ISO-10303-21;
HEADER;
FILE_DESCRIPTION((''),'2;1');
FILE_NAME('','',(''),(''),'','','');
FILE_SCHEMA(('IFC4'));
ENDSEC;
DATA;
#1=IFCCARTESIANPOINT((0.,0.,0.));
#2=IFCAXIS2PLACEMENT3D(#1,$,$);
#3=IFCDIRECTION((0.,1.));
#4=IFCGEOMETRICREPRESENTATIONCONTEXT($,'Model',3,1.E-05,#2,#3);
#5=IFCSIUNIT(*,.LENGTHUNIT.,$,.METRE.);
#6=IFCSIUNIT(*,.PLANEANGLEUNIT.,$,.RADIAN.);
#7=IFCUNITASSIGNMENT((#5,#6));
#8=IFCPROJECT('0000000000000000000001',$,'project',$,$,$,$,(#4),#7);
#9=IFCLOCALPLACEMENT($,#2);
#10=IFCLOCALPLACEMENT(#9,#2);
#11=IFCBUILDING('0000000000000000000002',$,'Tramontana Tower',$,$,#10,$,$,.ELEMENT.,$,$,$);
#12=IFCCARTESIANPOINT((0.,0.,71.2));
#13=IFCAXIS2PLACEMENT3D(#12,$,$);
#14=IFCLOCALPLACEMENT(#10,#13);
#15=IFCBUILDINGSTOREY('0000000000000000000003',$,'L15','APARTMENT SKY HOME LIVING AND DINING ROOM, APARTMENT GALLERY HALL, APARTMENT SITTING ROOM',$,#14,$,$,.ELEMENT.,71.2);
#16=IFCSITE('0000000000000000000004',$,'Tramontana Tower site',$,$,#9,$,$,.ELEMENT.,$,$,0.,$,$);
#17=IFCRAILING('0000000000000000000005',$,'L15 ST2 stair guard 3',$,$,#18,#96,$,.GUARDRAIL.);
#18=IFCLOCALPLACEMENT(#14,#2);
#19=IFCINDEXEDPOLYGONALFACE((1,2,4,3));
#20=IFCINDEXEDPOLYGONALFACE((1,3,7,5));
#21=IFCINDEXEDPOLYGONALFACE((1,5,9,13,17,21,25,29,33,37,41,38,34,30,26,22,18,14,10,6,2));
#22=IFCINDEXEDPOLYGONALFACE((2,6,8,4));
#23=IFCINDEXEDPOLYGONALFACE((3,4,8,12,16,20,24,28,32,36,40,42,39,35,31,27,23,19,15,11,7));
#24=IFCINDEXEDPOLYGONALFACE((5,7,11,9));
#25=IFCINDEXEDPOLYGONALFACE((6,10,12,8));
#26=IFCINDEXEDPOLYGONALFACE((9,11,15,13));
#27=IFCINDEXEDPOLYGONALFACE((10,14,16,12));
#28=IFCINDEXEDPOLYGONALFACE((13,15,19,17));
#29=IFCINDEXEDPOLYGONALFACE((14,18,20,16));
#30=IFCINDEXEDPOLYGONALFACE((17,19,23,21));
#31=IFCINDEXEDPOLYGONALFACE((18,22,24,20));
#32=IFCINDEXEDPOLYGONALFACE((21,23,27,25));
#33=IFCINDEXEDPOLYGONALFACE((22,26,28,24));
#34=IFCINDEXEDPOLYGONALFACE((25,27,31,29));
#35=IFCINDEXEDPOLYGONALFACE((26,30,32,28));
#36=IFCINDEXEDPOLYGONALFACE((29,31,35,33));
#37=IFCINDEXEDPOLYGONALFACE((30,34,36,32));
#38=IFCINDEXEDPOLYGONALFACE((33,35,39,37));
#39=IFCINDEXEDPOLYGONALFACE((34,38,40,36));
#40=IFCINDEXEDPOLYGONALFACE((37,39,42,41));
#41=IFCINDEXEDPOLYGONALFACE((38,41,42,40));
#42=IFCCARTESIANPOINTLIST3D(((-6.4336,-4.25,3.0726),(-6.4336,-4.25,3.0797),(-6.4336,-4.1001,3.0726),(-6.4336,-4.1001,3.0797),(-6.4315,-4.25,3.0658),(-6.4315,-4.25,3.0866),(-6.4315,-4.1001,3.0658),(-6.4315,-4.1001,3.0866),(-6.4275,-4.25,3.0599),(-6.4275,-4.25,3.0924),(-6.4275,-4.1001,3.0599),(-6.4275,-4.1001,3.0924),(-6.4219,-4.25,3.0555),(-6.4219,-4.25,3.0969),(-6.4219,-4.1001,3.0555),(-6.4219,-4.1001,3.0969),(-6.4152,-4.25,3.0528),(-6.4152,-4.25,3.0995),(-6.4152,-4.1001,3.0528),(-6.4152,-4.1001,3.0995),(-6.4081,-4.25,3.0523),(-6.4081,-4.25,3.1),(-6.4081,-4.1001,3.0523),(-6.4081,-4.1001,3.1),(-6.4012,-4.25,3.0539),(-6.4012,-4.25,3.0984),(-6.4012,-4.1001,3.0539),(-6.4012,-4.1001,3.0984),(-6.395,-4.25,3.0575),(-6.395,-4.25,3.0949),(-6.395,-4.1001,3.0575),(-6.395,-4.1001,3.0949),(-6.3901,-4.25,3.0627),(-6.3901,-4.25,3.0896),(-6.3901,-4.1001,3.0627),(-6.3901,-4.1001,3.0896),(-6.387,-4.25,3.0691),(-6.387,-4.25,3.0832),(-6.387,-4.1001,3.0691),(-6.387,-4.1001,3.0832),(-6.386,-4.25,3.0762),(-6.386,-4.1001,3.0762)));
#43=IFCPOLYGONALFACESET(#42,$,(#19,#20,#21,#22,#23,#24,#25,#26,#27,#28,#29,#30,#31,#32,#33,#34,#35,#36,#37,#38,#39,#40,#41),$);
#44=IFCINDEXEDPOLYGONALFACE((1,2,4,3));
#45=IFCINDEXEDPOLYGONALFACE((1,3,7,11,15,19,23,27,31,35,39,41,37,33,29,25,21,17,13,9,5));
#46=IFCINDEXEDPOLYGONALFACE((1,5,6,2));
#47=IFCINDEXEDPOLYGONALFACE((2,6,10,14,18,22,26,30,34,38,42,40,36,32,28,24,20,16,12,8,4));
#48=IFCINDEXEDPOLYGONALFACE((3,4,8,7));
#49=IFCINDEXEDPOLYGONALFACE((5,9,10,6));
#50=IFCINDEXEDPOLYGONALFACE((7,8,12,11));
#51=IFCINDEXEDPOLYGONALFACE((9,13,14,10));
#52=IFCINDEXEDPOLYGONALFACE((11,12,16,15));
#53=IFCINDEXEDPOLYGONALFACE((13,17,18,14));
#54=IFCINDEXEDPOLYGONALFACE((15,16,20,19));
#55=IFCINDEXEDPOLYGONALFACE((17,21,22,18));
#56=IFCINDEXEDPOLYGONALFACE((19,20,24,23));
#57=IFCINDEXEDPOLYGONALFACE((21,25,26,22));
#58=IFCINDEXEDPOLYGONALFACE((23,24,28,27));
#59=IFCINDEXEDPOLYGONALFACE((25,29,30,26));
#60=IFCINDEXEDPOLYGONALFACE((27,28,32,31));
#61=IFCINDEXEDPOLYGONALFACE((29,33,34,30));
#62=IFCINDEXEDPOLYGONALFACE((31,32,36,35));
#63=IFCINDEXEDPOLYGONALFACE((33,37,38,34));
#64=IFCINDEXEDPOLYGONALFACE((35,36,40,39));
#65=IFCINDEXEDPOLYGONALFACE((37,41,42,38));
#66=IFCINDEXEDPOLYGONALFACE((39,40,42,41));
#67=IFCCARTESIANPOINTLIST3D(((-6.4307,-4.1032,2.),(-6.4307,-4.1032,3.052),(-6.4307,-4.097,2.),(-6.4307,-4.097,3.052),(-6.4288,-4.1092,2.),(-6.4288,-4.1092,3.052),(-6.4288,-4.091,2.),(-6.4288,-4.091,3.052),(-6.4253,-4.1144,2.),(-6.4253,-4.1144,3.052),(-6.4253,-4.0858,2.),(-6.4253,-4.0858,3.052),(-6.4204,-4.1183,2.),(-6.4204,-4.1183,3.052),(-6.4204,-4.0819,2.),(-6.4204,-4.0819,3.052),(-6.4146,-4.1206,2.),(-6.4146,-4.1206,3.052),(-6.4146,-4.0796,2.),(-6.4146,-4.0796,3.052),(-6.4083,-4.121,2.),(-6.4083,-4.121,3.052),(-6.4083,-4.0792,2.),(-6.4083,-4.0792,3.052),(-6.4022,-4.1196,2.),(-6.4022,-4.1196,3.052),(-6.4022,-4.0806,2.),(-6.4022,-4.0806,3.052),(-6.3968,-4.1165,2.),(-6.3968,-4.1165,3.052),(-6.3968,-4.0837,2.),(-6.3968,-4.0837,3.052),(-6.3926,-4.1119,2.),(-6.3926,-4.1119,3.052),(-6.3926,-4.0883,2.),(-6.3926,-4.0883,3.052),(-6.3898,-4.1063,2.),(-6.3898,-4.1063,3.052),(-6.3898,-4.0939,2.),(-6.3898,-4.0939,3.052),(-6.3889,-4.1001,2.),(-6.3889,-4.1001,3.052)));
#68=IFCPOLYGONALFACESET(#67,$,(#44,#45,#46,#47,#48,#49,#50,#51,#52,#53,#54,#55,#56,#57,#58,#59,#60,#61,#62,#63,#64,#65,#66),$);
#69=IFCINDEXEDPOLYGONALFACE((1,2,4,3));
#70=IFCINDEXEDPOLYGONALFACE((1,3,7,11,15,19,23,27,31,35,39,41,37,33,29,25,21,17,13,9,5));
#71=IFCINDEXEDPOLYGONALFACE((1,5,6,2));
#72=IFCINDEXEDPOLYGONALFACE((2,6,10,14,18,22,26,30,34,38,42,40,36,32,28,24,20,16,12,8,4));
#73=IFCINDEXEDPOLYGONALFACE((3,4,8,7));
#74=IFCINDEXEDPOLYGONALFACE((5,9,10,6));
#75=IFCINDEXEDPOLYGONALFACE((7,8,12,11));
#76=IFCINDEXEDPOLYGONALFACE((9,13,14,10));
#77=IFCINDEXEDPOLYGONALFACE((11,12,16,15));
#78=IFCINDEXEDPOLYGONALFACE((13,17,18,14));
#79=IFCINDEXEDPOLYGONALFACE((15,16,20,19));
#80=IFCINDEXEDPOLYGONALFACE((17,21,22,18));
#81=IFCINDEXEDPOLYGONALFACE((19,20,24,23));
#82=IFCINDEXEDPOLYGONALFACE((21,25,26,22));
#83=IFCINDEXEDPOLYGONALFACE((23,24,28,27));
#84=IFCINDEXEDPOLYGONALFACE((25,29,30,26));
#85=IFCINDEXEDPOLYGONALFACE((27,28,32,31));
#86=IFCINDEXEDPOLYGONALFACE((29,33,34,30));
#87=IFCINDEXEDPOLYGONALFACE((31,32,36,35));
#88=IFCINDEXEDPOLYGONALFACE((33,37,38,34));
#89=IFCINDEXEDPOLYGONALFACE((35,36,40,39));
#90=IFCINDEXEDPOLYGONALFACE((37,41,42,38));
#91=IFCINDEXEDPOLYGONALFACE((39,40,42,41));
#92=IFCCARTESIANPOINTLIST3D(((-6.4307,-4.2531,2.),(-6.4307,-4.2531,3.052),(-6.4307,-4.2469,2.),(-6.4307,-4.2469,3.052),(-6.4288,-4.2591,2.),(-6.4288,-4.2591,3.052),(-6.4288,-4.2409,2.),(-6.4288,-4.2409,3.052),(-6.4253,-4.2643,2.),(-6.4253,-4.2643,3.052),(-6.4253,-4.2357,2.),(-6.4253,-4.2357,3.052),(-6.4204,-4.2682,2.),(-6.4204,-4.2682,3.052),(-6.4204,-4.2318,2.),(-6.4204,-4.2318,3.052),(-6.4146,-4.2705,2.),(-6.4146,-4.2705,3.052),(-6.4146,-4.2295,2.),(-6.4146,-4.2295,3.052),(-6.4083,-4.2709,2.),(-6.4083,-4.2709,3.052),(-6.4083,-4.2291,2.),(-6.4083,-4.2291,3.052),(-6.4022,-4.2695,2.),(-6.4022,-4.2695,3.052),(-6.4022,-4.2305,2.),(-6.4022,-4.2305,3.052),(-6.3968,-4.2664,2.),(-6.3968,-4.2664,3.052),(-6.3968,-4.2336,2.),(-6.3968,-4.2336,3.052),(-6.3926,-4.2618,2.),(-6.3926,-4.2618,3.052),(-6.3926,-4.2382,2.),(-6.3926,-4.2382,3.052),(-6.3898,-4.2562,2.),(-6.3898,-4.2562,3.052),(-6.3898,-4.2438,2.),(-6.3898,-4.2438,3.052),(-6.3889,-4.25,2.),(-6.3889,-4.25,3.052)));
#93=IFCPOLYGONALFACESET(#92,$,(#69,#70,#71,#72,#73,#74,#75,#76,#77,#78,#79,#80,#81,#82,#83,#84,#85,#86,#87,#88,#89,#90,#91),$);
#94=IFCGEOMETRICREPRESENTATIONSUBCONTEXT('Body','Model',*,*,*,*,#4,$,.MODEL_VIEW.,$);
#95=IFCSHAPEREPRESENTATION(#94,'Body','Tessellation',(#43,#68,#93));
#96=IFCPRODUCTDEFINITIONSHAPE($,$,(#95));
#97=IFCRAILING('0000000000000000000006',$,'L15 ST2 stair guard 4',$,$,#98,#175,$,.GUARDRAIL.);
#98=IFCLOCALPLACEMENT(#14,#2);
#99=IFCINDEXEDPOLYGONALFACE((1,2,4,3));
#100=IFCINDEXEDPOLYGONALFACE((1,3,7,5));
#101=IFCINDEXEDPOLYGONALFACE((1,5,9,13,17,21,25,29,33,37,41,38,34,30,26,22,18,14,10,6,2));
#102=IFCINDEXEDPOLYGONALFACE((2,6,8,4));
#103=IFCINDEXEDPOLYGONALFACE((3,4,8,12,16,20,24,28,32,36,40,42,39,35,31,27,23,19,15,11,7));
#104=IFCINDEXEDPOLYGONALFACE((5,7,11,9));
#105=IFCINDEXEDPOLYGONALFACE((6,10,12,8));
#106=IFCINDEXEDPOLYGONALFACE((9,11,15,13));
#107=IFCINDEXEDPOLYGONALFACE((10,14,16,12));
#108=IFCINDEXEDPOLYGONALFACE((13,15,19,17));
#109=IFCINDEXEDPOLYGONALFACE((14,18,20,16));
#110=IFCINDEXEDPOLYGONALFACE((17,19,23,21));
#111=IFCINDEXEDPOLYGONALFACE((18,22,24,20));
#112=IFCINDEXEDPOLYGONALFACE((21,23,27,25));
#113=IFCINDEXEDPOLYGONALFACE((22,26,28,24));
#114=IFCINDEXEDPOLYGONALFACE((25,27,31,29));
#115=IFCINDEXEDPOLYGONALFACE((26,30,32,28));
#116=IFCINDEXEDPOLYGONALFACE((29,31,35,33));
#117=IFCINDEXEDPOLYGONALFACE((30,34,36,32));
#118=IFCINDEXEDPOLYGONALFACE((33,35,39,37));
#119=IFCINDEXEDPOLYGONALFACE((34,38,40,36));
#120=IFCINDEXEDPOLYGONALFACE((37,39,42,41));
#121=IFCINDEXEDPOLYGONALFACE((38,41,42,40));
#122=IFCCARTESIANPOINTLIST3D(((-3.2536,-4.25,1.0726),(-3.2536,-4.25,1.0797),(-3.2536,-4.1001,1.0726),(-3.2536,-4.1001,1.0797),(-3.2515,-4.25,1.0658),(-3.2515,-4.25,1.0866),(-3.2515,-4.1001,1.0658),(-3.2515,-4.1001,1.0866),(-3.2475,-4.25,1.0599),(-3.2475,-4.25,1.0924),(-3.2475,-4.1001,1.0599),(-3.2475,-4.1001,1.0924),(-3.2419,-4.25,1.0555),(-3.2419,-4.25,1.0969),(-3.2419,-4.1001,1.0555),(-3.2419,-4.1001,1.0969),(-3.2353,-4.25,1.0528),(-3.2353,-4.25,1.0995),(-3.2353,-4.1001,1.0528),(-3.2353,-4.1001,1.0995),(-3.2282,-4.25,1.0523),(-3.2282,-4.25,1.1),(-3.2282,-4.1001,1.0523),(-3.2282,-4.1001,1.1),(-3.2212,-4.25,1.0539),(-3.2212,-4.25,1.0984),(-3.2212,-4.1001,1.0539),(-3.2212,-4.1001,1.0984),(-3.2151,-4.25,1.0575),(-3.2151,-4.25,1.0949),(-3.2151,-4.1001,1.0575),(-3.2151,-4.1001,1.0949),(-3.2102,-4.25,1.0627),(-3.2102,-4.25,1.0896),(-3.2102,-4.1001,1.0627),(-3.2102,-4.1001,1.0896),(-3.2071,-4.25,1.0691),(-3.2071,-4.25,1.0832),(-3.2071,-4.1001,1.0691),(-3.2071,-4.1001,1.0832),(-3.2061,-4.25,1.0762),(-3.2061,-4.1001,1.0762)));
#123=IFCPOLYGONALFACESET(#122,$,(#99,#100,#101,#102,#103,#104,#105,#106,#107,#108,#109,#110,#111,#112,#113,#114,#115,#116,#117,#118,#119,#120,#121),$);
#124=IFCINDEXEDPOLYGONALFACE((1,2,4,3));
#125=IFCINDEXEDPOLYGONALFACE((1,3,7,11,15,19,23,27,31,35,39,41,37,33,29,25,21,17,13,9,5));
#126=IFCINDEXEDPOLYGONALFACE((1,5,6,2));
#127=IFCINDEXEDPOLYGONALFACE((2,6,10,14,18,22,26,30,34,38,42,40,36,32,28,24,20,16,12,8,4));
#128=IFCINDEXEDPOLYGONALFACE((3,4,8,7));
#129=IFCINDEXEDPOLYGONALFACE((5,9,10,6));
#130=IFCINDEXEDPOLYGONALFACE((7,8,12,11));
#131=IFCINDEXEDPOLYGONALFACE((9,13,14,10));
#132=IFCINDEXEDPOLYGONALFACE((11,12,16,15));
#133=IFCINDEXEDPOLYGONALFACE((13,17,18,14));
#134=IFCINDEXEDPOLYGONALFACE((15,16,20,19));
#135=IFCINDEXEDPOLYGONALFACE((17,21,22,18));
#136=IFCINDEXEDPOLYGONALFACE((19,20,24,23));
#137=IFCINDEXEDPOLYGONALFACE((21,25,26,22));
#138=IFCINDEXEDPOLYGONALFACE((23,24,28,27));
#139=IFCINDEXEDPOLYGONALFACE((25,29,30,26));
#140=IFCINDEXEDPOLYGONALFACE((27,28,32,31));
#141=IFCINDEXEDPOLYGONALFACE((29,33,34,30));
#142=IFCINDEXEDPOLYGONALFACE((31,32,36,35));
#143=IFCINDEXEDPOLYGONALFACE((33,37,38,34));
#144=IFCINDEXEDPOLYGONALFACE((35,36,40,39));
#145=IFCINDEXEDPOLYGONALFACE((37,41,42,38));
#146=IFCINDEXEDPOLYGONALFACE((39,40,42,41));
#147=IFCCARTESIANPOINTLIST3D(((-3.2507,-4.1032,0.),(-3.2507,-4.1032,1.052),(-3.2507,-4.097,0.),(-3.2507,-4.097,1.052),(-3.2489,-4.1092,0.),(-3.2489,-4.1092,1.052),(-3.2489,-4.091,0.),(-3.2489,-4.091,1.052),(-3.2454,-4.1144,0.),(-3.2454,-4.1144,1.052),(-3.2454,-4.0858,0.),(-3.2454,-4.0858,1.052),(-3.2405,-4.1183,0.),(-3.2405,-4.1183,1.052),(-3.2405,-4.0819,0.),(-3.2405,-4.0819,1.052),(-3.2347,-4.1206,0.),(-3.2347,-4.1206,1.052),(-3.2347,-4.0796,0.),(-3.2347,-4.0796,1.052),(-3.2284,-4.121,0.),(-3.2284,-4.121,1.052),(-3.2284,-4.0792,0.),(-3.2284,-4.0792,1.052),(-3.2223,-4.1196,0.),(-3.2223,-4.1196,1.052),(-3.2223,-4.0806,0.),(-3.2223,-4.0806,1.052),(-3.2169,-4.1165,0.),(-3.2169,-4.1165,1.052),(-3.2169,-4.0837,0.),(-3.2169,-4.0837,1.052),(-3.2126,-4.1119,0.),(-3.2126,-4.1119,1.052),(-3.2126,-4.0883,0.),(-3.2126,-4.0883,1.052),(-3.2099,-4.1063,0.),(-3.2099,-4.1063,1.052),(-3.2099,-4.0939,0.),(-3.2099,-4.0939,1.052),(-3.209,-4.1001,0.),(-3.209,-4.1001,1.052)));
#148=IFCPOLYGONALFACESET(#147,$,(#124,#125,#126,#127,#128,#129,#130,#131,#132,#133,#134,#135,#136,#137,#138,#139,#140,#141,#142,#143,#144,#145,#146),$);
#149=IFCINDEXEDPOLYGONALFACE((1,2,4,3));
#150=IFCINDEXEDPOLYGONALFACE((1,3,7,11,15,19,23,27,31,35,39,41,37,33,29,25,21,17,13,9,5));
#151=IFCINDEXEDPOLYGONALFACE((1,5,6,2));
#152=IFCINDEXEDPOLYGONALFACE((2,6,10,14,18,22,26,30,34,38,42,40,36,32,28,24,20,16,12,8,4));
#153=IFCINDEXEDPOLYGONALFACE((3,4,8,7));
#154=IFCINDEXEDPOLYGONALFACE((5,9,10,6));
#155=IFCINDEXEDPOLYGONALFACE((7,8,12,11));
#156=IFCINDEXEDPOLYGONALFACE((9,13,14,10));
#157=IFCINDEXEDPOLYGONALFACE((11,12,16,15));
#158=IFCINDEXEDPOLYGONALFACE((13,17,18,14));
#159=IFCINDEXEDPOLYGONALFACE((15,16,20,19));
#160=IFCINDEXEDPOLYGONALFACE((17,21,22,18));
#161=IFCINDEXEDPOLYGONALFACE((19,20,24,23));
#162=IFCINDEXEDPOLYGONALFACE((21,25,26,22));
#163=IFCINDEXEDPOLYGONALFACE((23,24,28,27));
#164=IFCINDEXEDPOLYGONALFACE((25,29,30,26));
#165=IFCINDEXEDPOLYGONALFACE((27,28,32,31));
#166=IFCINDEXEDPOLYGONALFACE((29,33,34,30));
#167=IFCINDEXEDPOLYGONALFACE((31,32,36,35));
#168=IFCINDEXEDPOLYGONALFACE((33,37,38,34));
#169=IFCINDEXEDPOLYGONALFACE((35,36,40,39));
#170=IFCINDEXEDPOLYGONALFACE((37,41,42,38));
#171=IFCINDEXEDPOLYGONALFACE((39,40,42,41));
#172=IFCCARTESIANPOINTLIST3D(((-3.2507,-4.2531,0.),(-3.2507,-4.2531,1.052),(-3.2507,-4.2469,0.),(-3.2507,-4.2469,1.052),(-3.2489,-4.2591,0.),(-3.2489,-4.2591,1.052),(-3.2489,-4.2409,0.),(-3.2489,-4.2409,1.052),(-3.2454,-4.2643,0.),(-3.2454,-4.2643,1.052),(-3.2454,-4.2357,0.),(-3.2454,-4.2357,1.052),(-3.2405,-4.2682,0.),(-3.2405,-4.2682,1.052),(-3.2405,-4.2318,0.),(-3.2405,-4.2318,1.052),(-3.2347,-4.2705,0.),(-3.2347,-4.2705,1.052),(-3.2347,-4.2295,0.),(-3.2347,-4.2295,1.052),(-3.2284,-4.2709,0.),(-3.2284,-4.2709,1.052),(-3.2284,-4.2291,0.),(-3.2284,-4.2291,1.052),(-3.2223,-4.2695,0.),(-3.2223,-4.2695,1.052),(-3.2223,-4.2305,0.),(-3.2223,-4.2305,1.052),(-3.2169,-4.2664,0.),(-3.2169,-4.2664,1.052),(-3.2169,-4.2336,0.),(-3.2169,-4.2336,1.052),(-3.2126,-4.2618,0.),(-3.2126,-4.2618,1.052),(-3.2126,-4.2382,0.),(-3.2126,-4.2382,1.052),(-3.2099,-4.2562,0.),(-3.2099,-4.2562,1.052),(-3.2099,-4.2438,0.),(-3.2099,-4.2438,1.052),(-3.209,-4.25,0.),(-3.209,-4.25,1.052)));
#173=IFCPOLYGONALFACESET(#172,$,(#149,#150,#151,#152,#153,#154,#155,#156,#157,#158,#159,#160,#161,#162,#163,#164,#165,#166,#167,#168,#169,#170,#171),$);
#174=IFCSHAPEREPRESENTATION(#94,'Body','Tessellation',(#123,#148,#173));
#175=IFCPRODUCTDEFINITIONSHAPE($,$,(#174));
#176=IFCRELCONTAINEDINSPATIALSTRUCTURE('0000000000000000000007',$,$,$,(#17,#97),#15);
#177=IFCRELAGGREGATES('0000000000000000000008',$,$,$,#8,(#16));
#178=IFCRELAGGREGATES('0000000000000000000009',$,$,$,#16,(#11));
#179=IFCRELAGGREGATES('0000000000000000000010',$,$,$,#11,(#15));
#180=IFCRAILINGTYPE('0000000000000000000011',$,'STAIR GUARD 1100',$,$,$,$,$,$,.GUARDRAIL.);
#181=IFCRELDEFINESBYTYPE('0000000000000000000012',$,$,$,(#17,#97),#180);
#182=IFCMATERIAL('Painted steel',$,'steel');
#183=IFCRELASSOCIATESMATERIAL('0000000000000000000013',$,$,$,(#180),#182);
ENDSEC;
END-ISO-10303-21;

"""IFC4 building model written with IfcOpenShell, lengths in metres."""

from ifc_helpers import new_model, si_unit, direction, frame, origin, origin_2d, place, context, subcontext, project, spatial, circle, extrude, material, type_object, element, save


model = new_model("IFC4")

# Units and contexts
model_context = context("Model", 3, precision=1e-05, world=origin(), true_north=direction((0.0, 1.0)))
body_context = subcontext(model_context, "Body", "Model", "MODEL_VIEW")
ifc_project = project(units=[si_unit("LENGTHUNIT", "METRE"), si_unit("PLANEANGLEUNIT", "RADIAN")], contexts=[model_context])

# Site, building, storey
site_placement = place(None, origin())
site = spatial("IfcSite", under=ifc_project, at=site_placement, Name="Tramontana Tower site", CompositionType="ELEMENT", RefElevation=0.0)
building_placement = place(site_placement, origin())
building = spatial("IfcBuilding", under=site, at=building_placement, Name="Tramontana Tower", CompositionType="ELEMENT")
storey_placement = place(building_placement, frame((0.0, 0.0, 71.2)))
storey = spatial("IfcBuildingStorey", under=building, at=storey_placement, Name="L15", Description="APARTMENT SKY HOME LIVING AND DINING ROOM, APARTMENT GALLERY HALL, APARTMENT SITTING ROOM", CompositionType="ELEMENT", Elevation=71.2)

# Railings
ifc_material_1 = material(Name="Painted steel", Category="steel")
railing_type_1 = type_object("IfcRailingType", Name="STAIR GUARD 1100", PredefinedType="GUARDRAIL", material=ifc_material_1)
for number, where, name in (
    (1, (-6.4099, -4.1001, 2.0), "L15 ST2 stair guard 3"),
    (2, (-3.23, -4.1001, 0.0), "L15 ST2 stair guard 4"),
):
    element("IfcRailing", number, at=place(storey_placement, frame(where)), inside=storey, type_object=railing_type_1, Name=name, PredefinedType="GUARDRAIL", context=body_context, shape_type="SweptSolid", body=[
        extrude(circle(Radius=0.0239, at=origin_2d()), frame((0.0, 0.0, 1.0762), z_axis=(0.0, -1.0, 0.0), x_axis=(1.0, 0.0, 0.0)), (0.0, 0.0, 1.0), 0.1499),
        extrude(circle(Radius=0.021, at=origin_2d()), origin(), (0.0, 0.0, 1.0), 1.052),
        extrude(circle(Radius=0.021, at=origin_2d()), frame((0.0, -0.1499, 0.0)), (0.0, 0.0, 1.0), 1.052),
    ])

save(model, "model.ifc")
